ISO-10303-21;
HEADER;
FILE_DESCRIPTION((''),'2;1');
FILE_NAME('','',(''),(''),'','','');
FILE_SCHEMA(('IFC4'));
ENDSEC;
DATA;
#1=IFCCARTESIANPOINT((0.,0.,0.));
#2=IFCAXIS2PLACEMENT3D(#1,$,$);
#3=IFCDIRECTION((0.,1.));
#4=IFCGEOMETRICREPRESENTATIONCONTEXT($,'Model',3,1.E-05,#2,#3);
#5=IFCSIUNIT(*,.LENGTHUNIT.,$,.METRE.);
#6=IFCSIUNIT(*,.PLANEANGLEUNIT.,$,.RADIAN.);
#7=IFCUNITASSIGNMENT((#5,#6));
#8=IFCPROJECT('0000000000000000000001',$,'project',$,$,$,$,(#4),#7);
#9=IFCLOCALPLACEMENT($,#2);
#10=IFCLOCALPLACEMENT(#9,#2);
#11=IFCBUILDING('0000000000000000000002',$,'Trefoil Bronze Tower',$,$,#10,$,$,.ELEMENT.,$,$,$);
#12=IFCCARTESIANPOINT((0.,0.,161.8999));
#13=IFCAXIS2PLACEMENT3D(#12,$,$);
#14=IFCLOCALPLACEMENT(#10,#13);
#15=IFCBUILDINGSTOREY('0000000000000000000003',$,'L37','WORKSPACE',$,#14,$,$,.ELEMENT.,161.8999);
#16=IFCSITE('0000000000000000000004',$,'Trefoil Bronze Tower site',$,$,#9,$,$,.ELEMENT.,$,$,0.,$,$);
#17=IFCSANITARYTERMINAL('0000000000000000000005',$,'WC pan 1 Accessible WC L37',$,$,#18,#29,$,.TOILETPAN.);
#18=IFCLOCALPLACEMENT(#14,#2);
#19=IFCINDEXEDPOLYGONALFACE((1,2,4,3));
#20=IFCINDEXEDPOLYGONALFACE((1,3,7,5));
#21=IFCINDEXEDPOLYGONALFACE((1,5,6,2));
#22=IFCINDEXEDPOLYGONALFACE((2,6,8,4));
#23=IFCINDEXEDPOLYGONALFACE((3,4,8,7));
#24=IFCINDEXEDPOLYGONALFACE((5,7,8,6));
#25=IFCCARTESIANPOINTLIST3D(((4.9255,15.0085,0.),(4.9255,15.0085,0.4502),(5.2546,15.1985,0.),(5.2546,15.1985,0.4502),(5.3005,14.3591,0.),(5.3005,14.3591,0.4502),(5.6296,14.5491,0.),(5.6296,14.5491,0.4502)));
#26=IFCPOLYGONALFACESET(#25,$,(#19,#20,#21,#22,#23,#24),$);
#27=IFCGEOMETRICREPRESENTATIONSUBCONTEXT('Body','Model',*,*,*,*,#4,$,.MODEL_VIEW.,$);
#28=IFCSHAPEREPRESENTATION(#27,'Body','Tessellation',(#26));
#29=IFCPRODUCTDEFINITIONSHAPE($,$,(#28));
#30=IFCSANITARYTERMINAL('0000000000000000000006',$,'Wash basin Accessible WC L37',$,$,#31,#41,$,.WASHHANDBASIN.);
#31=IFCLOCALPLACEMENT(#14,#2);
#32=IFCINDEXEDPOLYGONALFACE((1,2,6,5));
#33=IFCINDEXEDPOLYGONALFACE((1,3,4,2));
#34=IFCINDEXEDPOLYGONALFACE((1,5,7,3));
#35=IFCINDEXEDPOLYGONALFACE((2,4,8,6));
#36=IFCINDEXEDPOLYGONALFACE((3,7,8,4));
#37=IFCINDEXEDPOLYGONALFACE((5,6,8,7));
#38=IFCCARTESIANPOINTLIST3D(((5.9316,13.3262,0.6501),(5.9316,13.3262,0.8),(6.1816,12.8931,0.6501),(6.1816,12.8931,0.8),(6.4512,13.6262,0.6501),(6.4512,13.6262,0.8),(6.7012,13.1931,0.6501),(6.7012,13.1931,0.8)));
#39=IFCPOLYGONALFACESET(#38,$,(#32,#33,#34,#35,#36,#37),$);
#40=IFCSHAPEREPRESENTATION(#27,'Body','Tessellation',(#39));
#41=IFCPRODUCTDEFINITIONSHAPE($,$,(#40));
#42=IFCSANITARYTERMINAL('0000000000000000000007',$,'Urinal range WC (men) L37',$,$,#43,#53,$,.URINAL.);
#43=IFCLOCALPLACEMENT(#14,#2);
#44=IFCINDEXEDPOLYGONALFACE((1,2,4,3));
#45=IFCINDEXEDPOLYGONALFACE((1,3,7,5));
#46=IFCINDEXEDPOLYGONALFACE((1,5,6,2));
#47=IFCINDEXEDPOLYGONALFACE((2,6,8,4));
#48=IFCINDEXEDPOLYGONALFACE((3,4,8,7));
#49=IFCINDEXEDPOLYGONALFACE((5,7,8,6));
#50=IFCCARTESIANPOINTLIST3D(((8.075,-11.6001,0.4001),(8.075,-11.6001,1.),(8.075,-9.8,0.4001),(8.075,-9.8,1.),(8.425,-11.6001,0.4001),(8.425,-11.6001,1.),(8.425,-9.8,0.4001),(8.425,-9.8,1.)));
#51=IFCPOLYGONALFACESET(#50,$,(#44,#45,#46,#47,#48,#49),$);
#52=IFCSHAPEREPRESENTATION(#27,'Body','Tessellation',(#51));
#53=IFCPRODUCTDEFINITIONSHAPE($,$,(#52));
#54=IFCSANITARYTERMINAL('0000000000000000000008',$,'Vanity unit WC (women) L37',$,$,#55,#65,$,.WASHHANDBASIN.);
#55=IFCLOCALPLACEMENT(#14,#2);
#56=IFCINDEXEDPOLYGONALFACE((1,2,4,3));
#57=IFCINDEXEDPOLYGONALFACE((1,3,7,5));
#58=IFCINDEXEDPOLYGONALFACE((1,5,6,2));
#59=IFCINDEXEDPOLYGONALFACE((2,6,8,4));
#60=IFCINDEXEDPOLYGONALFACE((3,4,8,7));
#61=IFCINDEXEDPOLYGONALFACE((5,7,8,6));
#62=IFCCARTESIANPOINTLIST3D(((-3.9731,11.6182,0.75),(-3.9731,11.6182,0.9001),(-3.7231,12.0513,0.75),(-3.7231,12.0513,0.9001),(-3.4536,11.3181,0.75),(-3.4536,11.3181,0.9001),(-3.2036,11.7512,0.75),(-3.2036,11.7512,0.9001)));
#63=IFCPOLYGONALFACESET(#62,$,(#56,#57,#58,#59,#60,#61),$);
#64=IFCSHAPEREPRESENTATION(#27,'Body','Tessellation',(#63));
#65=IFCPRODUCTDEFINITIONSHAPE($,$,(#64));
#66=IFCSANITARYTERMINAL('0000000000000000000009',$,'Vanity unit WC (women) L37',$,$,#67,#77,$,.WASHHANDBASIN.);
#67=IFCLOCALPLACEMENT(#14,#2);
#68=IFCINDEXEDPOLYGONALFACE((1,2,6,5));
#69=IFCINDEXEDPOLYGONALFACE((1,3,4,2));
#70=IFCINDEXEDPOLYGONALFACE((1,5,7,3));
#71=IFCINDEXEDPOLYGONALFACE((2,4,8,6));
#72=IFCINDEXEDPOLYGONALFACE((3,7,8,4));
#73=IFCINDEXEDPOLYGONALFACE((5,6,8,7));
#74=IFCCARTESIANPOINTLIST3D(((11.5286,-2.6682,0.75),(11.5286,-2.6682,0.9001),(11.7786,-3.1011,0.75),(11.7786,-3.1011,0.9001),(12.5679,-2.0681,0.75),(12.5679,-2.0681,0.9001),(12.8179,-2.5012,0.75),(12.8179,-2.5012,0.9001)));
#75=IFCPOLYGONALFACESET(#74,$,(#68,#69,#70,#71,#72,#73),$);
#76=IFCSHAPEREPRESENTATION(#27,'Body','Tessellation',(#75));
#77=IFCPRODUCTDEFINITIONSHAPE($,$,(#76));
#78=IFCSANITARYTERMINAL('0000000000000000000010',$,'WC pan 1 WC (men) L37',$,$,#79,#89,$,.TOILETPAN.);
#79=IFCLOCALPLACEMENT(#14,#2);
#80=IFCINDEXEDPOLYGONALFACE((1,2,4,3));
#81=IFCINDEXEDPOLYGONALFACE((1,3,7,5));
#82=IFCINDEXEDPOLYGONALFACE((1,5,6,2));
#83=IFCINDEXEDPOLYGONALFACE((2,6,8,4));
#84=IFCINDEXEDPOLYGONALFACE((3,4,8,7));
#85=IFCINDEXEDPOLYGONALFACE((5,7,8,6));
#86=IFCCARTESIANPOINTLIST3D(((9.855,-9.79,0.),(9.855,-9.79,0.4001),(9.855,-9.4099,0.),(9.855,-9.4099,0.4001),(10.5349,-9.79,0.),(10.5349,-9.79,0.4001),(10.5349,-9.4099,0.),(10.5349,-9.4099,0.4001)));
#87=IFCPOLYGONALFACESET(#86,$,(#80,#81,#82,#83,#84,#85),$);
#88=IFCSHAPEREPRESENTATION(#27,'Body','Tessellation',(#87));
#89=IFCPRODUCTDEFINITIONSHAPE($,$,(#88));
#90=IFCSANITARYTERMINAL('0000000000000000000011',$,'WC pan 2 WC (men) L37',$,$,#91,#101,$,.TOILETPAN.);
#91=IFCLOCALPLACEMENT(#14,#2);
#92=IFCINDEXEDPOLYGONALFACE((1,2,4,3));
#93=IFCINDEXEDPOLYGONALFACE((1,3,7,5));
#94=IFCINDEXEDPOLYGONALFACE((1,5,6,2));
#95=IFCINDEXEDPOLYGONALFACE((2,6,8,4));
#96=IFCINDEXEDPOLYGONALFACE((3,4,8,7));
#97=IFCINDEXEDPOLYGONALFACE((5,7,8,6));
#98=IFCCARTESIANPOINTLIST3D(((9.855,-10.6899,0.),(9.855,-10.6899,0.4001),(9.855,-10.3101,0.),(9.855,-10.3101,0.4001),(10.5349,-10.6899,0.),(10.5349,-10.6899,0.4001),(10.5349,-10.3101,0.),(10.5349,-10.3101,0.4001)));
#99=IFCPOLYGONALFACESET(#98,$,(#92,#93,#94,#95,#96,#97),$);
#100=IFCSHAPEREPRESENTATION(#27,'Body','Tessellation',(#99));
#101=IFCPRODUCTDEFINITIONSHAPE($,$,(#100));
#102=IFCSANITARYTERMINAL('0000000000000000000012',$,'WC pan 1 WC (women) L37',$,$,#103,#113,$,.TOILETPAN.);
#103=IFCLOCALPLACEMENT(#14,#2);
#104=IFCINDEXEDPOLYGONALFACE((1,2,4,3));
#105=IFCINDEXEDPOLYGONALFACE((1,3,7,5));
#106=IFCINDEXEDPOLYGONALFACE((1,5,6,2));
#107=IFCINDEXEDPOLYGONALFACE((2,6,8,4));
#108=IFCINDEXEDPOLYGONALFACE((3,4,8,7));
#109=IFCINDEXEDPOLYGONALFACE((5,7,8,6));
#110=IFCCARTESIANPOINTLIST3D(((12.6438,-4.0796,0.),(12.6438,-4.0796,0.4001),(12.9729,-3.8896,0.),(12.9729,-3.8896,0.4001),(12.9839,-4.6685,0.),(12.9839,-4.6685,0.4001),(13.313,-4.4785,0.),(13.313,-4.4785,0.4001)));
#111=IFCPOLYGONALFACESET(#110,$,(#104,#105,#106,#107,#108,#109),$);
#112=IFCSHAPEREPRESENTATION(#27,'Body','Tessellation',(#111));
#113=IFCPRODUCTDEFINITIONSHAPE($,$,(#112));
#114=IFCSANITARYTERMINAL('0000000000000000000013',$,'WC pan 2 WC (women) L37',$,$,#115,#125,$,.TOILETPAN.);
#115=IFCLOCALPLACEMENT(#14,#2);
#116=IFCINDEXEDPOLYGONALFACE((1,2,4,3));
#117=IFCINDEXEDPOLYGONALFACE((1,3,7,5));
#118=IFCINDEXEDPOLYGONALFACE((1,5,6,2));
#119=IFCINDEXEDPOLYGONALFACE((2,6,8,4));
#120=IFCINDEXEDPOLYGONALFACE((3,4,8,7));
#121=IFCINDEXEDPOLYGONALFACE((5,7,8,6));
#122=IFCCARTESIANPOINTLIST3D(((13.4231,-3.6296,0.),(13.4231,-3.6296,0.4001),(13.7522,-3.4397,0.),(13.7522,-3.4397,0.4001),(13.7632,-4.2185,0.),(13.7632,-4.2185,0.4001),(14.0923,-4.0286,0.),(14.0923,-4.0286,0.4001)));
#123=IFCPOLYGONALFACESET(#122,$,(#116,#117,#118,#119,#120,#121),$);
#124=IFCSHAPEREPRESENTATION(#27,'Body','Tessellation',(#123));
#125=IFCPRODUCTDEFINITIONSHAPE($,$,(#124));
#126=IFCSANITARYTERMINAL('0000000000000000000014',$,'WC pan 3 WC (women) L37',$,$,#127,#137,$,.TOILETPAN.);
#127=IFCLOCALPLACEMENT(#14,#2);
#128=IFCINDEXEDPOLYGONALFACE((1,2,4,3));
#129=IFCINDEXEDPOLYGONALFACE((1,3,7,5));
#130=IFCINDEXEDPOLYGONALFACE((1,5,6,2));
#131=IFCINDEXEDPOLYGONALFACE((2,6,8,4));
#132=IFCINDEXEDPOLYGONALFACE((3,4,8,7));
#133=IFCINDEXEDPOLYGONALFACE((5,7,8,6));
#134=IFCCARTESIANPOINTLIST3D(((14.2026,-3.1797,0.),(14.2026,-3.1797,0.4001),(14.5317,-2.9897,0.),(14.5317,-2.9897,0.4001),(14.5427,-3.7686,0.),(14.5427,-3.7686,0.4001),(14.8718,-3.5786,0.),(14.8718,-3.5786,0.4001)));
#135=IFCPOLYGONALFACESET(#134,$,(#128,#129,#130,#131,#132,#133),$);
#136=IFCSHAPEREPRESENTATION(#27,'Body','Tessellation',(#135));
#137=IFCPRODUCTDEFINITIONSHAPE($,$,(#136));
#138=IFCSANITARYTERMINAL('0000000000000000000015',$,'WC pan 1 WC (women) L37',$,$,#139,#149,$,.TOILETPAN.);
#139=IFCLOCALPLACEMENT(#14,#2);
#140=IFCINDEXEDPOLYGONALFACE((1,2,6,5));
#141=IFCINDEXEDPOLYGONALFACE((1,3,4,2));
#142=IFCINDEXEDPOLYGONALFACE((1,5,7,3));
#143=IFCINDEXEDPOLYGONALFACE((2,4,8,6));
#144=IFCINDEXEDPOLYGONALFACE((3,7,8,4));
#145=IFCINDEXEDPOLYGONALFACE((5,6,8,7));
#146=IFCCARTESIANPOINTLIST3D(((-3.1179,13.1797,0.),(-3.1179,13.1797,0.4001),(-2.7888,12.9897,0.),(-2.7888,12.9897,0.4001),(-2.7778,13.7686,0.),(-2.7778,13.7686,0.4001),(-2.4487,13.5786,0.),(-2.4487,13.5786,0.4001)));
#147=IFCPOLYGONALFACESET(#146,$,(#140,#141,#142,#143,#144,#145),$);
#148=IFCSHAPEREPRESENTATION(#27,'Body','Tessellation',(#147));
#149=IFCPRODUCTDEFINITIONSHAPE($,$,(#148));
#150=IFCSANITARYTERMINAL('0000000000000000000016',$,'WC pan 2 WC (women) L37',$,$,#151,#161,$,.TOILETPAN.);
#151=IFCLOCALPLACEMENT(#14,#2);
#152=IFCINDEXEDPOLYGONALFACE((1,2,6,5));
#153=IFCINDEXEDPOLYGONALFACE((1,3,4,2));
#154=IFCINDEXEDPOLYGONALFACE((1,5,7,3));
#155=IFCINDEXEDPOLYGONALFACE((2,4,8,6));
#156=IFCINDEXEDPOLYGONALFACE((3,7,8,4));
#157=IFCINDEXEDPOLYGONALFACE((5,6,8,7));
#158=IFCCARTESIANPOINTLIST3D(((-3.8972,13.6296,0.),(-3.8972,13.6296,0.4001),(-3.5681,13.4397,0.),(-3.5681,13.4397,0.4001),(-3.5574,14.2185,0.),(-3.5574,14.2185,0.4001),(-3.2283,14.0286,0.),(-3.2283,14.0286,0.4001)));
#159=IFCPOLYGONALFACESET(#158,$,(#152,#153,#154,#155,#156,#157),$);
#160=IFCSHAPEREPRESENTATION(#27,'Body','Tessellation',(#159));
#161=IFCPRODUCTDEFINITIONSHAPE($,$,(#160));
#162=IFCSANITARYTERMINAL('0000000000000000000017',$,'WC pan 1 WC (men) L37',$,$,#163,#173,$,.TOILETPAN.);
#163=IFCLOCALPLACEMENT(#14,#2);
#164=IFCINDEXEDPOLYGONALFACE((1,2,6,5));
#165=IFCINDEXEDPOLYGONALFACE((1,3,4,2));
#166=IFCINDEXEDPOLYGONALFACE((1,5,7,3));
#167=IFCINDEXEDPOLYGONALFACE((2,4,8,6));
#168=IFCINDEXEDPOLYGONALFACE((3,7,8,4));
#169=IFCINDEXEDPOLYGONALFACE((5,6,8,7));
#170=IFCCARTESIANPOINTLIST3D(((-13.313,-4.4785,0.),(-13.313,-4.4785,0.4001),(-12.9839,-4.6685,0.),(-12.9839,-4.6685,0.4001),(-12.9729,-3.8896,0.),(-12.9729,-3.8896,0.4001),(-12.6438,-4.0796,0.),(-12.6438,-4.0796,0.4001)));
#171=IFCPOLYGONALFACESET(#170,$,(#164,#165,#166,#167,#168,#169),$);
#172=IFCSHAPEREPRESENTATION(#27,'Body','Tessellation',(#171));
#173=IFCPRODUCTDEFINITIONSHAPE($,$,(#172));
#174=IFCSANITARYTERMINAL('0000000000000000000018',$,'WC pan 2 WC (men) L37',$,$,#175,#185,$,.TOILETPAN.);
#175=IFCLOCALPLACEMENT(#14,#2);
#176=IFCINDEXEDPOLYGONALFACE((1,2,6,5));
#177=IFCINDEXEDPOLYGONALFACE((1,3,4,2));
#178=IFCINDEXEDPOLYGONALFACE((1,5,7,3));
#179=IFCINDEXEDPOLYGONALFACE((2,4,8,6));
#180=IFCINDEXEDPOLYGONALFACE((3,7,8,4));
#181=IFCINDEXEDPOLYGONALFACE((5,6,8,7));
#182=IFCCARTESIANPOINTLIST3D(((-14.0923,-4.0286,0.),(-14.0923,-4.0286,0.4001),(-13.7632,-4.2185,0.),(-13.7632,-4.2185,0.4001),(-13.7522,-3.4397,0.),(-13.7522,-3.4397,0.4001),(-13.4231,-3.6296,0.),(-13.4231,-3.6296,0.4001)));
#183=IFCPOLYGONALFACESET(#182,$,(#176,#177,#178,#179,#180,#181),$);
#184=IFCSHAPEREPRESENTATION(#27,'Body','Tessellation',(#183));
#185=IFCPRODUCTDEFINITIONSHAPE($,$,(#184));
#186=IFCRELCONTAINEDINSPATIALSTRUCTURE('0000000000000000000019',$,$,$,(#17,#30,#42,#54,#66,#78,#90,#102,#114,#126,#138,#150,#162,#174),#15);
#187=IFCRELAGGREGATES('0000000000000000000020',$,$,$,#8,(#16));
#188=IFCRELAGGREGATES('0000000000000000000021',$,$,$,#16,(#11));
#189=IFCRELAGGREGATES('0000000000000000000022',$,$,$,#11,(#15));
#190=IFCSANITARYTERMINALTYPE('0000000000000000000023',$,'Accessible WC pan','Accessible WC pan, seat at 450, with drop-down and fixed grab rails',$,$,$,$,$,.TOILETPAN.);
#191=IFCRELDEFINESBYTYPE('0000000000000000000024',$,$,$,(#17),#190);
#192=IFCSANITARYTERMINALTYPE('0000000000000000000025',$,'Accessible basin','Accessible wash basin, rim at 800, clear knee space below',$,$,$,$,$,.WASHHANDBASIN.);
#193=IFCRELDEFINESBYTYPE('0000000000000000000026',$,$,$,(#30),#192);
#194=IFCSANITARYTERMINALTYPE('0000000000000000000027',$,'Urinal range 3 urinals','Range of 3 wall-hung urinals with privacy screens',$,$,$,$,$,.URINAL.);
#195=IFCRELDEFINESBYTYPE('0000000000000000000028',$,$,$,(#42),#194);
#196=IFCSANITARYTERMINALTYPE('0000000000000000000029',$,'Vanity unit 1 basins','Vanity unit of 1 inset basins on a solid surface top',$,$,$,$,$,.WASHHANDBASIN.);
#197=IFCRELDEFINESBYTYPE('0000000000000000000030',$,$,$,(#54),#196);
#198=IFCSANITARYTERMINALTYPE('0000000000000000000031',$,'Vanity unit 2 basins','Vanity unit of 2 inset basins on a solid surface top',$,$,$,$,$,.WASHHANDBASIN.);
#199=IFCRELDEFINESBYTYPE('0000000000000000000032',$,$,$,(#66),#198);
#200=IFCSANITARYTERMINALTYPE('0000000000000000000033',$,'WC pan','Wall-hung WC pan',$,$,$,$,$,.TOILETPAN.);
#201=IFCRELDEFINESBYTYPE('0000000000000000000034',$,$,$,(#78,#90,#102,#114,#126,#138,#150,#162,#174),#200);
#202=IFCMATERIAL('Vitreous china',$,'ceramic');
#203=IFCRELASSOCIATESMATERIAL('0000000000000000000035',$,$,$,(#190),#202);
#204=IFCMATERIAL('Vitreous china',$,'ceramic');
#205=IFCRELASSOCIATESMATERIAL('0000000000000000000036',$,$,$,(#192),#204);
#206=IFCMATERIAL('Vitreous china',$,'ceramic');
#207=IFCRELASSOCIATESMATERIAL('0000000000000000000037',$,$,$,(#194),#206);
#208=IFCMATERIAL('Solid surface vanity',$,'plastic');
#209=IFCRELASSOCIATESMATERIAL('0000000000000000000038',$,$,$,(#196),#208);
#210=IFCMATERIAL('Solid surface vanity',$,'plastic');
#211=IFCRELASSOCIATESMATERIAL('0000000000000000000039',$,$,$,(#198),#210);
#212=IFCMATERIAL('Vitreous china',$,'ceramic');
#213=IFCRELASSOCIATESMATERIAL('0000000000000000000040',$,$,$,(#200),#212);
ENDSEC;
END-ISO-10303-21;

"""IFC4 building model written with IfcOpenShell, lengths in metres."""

from ifc_helpers import new_model, si_unit, direction, frame, origin, place, context, subcontext, project, spatial, polyline, outline, extrude, material, type_object, element, save


model = new_model("IFC4")

# Units and contexts
model_context = context("Model", 3, precision=1e-05, world=origin(), true_north=direction((0.0, 1.0)))
body_context = subcontext(model_context, "Body", "Model", "MODEL_VIEW")
ifc_project = project(units=[si_unit("LENGTHUNIT", "METRE"), si_unit("PLANEANGLEUNIT", "RADIAN")], contexts=[model_context])

# Site, building, storey
site_placement = place(None, origin())
site = spatial("IfcSite", under=ifc_project, at=site_placement, Name="Trefoil Bronze Tower site", CompositionType="ELEMENT", RefElevation=0.0)
building_placement = place(site_placement, origin())
building = spatial("IfcBuilding", under=site, at=building_placement, Name="Trefoil Bronze Tower", CompositionType="ELEMENT")
storey_placement = place(building_placement, frame((0.0, 0.0, 161.8999)))
storey = spatial("IfcBuildingStorey", under=building, at=storey_placement, Name="L37", Description="WORKSPACE", CompositionType="ELEMENT", Elevation=161.8999)

# Sanitary terminals
ifc_material_1 = material(Name="Vitreous china", Category="ceramic")
sanitary_terminal_type_1 = type_object("IfcSanitaryTerminalType", Name="Accessible WC pan", Description="Accessible WC pan, seat at 450, with drop-down and fixed grab rails", PredefinedType="TOILETPAN", material=ifc_material_1)
sanitary_terminal_1_placement = place(storey_placement, origin())
element("IfcSanitaryTerminal", 1, at=sanitary_terminal_1_placement, inside=storey, type_object=sanitary_terminal_type_1, Name="WC pan 1 Accessible WC L37", PredefinedType="TOILETPAN", context=body_context, shape_type="SweptSolid", body=[
    extrude(outline(polyline([(5.3005, 14.3591), (4.9255, 15.0085), (5.2546, 15.1985), (5.6296, 14.5491), (5.3005, 14.3591)])), origin(), (0.0, 0.0, 1.0), 0.4502),
])
ifc_material_2 = material(Name="Vitreous china", Category="ceramic")
sanitary_terminal_type_2 = type_object("IfcSanitaryTerminalType", Name="Accessible basin", Description="Accessible wash basin, rim at 800, clear knee space below", PredefinedType="WASHHANDBASIN", material=ifc_material_2)
sanitary_terminal_2_placement = place(storey_placement, frame((0.0, 0.0, 0.6501)))
element("IfcSanitaryTerminal", 2, at=sanitary_terminal_2_placement, inside=storey, type_object=sanitary_terminal_type_2, Name="Wash basin Accessible WC L37", PredefinedType="WASHHANDBASIN", context=body_context, shape_type="SweptSolid", body=[
    extrude(outline(polyline([(6.1816, 12.8931), (5.9316, 13.3262), (6.4512, 13.6262), (6.7012, 13.1931), (6.1816, 12.8931)])), origin(), (0.0, 0.0, 1.0), 0.1499),
])
ifc_material_3 = material(Name="Vitreous china", Category="ceramic")
sanitary_terminal_type_3 = type_object("IfcSanitaryTerminalType", Name="Urinal range 3 urinals", Description="Range of 3 wall-hung urinals with privacy screens", PredefinedType="URINAL", material=ifc_material_3)
sanitary_terminal_3_placement = place(storey_placement, frame((0.0, 0.0, 0.4001)))
element("IfcSanitaryTerminal", 3, at=sanitary_terminal_3_placement, inside=storey, type_object=sanitary_terminal_type_3, Name="Urinal range WC (men) L37", PredefinedType="URINAL", context=body_context, shape_type="SweptSolid", body=[
    extrude(outline(polyline([(8.075, -9.8), (8.425, -9.8), (8.425, -11.6001), (8.075, -11.6001), (8.075, -9.8)])), origin(), (0.0, 0.0, 1.0), 0.5999),
])
ifc_material_4 = material(Name="Solid surface vanity", Category="plastic")
sanitary_terminal_type_4 = type_object("IfcSanitaryTerminalType", Name="Vanity unit 1 basins", Description="Vanity unit of 1 inset basins on a solid surface top", PredefinedType="WASHHANDBASIN", material=ifc_material_4)
sanitary_terminal_4_placement = place(storey_placement, frame((0.0, 0.0, 0.75)))
element("IfcSanitaryTerminal", 4, at=sanitary_terminal_4_placement, inside=storey, type_object=sanitary_terminal_type_4, Name="Vanity unit WC (women) L37", PredefinedType="WASHHANDBASIN", context=body_context, shape_type="SweptSolid", body=[
    extrude(outline(polyline([(-3.4536, 11.3181), (-3.2036, 11.7512), (-3.7231, 12.0513), (-3.9731, 11.6182), (-3.4536, 11.3181)])), origin(), (0.0, 0.0, 1.0), 0.1501),
])
ifc_material_5 = material(Name="Solid surface vanity", Category="plastic")
sanitary_terminal_type_5 = type_object("IfcSanitaryTerminalType", Name="Vanity unit 2 basins", Description="Vanity unit of 2 inset basins on a solid surface top", PredefinedType="WASHHANDBASIN", material=ifc_material_5)
sanitary_terminal_5_placement = place(storey_placement, frame((0.0, 0.0, 0.75)))
element("IfcSanitaryTerminal", 5, at=sanitary_terminal_5_placement, inside=storey, type_object=sanitary_terminal_type_5, Name="Vanity unit WC (women) L37", PredefinedType="WASHHANDBASIN", context=body_context, shape_type="SweptSolid", body=[
    extrude(outline(polyline([(11.5286, -2.6682), (11.7786, -3.1011), (12.8179, -2.5012), (12.5679, -2.0681), (11.5286, -2.6682)])), origin(), (0.0, 0.0, 1.0), 0.1501),
])
ifc_material_6 = material(Name="Vitreous china", Category="ceramic")
sanitary_terminal_type_6 = type_object("IfcSanitaryTerminalType", Name="WC pan", Description="Wall-hung WC pan", PredefinedType="TOILETPAN", material=ifc_material_6)
sanitary_terminal_6_placement = place(storey_placement, origin())
element("IfcSanitaryTerminal", 6, at=sanitary_terminal_6_placement, inside=storey, type_object=sanitary_terminal_type_6, Name="WC pan 1 WC (men) L37", PredefinedType="TOILETPAN", context=body_context, shape_type="SweptSolid", body=[
    extrude(outline(polyline([(9.855, -9.4099), (10.5349, -9.4099), (10.5349, -9.79), (9.855, -9.79), (9.855, -9.4099)])), origin(), (0.0, 0.0, 1.0), 0.4001),
])
sanitary_terminal_7_placement = place(storey_placement, origin())
element("IfcSanitaryTerminal", 7, at=sanitary_terminal_7_placement, inside=storey, type_object=sanitary_terminal_type_6, Name="WC pan 2 WC (men) L37", PredefinedType="TOILETPAN", context=body_context, shape_type="SweptSolid", body=[
    extrude(outline(polyline([(9.855, -10.3101), (10.5349, -10.3101), (10.5349, -10.6899), (9.855, -10.6899), (9.855, -10.3101)])), origin(), (0.0, 0.0, 1.0), 0.4001),
])
sanitary_terminal_8_placement = place(storey_placement, origin())
element("IfcSanitaryTerminal", 8, at=sanitary_terminal_8_placement, inside=storey, type_object=sanitary_terminal_type_6, Name="WC pan 1 WC (women) L37", PredefinedType="TOILETPAN", context=body_context, shape_type="SweptSolid", body=[
    extrude(outline(polyline([(12.6438, -4.0796), (12.9839, -4.6685), (13.313, -4.4785), (12.9729, -3.8896), (12.6438, -4.0796)])), origin(), (0.0, 0.0, 1.0), 0.4001),
])
sanitary_terminal_9_placement = place(storey_placement, origin())
element("IfcSanitaryTerminal", 9, at=sanitary_terminal_9_placement, inside=storey, type_object=sanitary_terminal_type_6, Name="WC pan 2 WC (women) L37", PredefinedType="TOILETPAN", context=body_context, shape_type="SweptSolid", body=[
    extrude(outline(polyline([(13.4231, -3.6296), (13.7632, -4.2185), (14.0923, -4.0286), (13.7522, -3.4397), (13.4231, -3.6296)])), origin(), (0.0, 0.0, 1.0), 0.4001),
])
sanitary_terminal_10_placement = place(storey_placement, origin())
element("IfcSanitaryTerminal", 10, at=sanitary_terminal_10_placement, inside=storey, type_object=sanitary_terminal_type_6, Name="WC pan 3 WC (women) L37", PredefinedType="TOILETPAN", context=body_context, shape_type="SweptSolid", body=[
    extrude(outline(polyline([(14.2026, -3.1797), (14.5427, -3.7686), (14.8718, -3.5786), (14.5317, -2.9897), (14.2026, -3.1797)])), origin(), (0.0, 0.0, 1.0), 0.4001),
])
sanitary_terminal_11_placement = place(storey_placement, origin())
element("IfcSanitaryTerminal", 11, at=sanitary_terminal_11_placement, inside=storey, type_object=sanitary_terminal_type_6, Name="WC pan 1 WC (women) L37", PredefinedType="TOILETPAN", context=body_context, shape_type="SweptSolid", body=[
    extrude(outline(polyline([(-2.7888, 12.9897), (-2.4487, 13.5786), (-2.7778, 13.7686), (-3.1179, 13.1797), (-2.7888, 12.9897)])), origin(), (0.0, 0.0, 1.0), 0.4001),
])
sanitary_terminal_12_placement = place(storey_placement, origin())
element("IfcSanitaryTerminal", 12, at=sanitary_terminal_12_placement, inside=storey, type_object=sanitary_terminal_type_6, Name="WC pan 2 WC (women) L37", PredefinedType="TOILETPAN", context=body_context, shape_type="SweptSolid", body=[
    extrude(outline(polyline([(-3.5681, 13.4397), (-3.2283, 14.0286), (-3.5574, 14.2185), (-3.8972, 13.6296), (-3.5681, 13.4397)])), origin(), (0.0, 0.0, 1.0), 0.4001),
])
sanitary_terminal_13_placement = place(storey_placement, origin())
element("IfcSanitaryTerminal", 13, at=sanitary_terminal_13_placement, inside=storey, type_object=sanitary_terminal_type_6, Name="WC pan 1 WC (men) L37", PredefinedType="TOILETPAN", context=body_context, shape_type="SweptSolid", body=[
    extrude(outline(polyline([(-12.6438, -4.0796), (-12.9839, -4.6685), (-13.313, -4.4785), (-12.9729, -3.8896), (-12.6438, -4.0796)])), origin(), (0.0, 0.0, 1.0), 0.4001),
])
sanitary_terminal_14_placement = place(storey_placement, origin())
element("IfcSanitaryTerminal", 14, at=sanitary_terminal_14_placement, inside=storey, type_object=sanitary_terminal_type_6, Name="WC pan 2 WC (men) L37", PredefinedType="TOILETPAN", context=body_context, shape_type="SweptSolid", body=[
    extrude(outline(polyline([(-13.4231, -3.6296), (-13.7632, -4.2185), (-14.0923, -4.0286), (-13.7522, -3.4397), (-13.4231, -3.6296)])), origin(), (0.0, 0.0, 1.0), 0.4001),
])

save(model, "model.ifc")
